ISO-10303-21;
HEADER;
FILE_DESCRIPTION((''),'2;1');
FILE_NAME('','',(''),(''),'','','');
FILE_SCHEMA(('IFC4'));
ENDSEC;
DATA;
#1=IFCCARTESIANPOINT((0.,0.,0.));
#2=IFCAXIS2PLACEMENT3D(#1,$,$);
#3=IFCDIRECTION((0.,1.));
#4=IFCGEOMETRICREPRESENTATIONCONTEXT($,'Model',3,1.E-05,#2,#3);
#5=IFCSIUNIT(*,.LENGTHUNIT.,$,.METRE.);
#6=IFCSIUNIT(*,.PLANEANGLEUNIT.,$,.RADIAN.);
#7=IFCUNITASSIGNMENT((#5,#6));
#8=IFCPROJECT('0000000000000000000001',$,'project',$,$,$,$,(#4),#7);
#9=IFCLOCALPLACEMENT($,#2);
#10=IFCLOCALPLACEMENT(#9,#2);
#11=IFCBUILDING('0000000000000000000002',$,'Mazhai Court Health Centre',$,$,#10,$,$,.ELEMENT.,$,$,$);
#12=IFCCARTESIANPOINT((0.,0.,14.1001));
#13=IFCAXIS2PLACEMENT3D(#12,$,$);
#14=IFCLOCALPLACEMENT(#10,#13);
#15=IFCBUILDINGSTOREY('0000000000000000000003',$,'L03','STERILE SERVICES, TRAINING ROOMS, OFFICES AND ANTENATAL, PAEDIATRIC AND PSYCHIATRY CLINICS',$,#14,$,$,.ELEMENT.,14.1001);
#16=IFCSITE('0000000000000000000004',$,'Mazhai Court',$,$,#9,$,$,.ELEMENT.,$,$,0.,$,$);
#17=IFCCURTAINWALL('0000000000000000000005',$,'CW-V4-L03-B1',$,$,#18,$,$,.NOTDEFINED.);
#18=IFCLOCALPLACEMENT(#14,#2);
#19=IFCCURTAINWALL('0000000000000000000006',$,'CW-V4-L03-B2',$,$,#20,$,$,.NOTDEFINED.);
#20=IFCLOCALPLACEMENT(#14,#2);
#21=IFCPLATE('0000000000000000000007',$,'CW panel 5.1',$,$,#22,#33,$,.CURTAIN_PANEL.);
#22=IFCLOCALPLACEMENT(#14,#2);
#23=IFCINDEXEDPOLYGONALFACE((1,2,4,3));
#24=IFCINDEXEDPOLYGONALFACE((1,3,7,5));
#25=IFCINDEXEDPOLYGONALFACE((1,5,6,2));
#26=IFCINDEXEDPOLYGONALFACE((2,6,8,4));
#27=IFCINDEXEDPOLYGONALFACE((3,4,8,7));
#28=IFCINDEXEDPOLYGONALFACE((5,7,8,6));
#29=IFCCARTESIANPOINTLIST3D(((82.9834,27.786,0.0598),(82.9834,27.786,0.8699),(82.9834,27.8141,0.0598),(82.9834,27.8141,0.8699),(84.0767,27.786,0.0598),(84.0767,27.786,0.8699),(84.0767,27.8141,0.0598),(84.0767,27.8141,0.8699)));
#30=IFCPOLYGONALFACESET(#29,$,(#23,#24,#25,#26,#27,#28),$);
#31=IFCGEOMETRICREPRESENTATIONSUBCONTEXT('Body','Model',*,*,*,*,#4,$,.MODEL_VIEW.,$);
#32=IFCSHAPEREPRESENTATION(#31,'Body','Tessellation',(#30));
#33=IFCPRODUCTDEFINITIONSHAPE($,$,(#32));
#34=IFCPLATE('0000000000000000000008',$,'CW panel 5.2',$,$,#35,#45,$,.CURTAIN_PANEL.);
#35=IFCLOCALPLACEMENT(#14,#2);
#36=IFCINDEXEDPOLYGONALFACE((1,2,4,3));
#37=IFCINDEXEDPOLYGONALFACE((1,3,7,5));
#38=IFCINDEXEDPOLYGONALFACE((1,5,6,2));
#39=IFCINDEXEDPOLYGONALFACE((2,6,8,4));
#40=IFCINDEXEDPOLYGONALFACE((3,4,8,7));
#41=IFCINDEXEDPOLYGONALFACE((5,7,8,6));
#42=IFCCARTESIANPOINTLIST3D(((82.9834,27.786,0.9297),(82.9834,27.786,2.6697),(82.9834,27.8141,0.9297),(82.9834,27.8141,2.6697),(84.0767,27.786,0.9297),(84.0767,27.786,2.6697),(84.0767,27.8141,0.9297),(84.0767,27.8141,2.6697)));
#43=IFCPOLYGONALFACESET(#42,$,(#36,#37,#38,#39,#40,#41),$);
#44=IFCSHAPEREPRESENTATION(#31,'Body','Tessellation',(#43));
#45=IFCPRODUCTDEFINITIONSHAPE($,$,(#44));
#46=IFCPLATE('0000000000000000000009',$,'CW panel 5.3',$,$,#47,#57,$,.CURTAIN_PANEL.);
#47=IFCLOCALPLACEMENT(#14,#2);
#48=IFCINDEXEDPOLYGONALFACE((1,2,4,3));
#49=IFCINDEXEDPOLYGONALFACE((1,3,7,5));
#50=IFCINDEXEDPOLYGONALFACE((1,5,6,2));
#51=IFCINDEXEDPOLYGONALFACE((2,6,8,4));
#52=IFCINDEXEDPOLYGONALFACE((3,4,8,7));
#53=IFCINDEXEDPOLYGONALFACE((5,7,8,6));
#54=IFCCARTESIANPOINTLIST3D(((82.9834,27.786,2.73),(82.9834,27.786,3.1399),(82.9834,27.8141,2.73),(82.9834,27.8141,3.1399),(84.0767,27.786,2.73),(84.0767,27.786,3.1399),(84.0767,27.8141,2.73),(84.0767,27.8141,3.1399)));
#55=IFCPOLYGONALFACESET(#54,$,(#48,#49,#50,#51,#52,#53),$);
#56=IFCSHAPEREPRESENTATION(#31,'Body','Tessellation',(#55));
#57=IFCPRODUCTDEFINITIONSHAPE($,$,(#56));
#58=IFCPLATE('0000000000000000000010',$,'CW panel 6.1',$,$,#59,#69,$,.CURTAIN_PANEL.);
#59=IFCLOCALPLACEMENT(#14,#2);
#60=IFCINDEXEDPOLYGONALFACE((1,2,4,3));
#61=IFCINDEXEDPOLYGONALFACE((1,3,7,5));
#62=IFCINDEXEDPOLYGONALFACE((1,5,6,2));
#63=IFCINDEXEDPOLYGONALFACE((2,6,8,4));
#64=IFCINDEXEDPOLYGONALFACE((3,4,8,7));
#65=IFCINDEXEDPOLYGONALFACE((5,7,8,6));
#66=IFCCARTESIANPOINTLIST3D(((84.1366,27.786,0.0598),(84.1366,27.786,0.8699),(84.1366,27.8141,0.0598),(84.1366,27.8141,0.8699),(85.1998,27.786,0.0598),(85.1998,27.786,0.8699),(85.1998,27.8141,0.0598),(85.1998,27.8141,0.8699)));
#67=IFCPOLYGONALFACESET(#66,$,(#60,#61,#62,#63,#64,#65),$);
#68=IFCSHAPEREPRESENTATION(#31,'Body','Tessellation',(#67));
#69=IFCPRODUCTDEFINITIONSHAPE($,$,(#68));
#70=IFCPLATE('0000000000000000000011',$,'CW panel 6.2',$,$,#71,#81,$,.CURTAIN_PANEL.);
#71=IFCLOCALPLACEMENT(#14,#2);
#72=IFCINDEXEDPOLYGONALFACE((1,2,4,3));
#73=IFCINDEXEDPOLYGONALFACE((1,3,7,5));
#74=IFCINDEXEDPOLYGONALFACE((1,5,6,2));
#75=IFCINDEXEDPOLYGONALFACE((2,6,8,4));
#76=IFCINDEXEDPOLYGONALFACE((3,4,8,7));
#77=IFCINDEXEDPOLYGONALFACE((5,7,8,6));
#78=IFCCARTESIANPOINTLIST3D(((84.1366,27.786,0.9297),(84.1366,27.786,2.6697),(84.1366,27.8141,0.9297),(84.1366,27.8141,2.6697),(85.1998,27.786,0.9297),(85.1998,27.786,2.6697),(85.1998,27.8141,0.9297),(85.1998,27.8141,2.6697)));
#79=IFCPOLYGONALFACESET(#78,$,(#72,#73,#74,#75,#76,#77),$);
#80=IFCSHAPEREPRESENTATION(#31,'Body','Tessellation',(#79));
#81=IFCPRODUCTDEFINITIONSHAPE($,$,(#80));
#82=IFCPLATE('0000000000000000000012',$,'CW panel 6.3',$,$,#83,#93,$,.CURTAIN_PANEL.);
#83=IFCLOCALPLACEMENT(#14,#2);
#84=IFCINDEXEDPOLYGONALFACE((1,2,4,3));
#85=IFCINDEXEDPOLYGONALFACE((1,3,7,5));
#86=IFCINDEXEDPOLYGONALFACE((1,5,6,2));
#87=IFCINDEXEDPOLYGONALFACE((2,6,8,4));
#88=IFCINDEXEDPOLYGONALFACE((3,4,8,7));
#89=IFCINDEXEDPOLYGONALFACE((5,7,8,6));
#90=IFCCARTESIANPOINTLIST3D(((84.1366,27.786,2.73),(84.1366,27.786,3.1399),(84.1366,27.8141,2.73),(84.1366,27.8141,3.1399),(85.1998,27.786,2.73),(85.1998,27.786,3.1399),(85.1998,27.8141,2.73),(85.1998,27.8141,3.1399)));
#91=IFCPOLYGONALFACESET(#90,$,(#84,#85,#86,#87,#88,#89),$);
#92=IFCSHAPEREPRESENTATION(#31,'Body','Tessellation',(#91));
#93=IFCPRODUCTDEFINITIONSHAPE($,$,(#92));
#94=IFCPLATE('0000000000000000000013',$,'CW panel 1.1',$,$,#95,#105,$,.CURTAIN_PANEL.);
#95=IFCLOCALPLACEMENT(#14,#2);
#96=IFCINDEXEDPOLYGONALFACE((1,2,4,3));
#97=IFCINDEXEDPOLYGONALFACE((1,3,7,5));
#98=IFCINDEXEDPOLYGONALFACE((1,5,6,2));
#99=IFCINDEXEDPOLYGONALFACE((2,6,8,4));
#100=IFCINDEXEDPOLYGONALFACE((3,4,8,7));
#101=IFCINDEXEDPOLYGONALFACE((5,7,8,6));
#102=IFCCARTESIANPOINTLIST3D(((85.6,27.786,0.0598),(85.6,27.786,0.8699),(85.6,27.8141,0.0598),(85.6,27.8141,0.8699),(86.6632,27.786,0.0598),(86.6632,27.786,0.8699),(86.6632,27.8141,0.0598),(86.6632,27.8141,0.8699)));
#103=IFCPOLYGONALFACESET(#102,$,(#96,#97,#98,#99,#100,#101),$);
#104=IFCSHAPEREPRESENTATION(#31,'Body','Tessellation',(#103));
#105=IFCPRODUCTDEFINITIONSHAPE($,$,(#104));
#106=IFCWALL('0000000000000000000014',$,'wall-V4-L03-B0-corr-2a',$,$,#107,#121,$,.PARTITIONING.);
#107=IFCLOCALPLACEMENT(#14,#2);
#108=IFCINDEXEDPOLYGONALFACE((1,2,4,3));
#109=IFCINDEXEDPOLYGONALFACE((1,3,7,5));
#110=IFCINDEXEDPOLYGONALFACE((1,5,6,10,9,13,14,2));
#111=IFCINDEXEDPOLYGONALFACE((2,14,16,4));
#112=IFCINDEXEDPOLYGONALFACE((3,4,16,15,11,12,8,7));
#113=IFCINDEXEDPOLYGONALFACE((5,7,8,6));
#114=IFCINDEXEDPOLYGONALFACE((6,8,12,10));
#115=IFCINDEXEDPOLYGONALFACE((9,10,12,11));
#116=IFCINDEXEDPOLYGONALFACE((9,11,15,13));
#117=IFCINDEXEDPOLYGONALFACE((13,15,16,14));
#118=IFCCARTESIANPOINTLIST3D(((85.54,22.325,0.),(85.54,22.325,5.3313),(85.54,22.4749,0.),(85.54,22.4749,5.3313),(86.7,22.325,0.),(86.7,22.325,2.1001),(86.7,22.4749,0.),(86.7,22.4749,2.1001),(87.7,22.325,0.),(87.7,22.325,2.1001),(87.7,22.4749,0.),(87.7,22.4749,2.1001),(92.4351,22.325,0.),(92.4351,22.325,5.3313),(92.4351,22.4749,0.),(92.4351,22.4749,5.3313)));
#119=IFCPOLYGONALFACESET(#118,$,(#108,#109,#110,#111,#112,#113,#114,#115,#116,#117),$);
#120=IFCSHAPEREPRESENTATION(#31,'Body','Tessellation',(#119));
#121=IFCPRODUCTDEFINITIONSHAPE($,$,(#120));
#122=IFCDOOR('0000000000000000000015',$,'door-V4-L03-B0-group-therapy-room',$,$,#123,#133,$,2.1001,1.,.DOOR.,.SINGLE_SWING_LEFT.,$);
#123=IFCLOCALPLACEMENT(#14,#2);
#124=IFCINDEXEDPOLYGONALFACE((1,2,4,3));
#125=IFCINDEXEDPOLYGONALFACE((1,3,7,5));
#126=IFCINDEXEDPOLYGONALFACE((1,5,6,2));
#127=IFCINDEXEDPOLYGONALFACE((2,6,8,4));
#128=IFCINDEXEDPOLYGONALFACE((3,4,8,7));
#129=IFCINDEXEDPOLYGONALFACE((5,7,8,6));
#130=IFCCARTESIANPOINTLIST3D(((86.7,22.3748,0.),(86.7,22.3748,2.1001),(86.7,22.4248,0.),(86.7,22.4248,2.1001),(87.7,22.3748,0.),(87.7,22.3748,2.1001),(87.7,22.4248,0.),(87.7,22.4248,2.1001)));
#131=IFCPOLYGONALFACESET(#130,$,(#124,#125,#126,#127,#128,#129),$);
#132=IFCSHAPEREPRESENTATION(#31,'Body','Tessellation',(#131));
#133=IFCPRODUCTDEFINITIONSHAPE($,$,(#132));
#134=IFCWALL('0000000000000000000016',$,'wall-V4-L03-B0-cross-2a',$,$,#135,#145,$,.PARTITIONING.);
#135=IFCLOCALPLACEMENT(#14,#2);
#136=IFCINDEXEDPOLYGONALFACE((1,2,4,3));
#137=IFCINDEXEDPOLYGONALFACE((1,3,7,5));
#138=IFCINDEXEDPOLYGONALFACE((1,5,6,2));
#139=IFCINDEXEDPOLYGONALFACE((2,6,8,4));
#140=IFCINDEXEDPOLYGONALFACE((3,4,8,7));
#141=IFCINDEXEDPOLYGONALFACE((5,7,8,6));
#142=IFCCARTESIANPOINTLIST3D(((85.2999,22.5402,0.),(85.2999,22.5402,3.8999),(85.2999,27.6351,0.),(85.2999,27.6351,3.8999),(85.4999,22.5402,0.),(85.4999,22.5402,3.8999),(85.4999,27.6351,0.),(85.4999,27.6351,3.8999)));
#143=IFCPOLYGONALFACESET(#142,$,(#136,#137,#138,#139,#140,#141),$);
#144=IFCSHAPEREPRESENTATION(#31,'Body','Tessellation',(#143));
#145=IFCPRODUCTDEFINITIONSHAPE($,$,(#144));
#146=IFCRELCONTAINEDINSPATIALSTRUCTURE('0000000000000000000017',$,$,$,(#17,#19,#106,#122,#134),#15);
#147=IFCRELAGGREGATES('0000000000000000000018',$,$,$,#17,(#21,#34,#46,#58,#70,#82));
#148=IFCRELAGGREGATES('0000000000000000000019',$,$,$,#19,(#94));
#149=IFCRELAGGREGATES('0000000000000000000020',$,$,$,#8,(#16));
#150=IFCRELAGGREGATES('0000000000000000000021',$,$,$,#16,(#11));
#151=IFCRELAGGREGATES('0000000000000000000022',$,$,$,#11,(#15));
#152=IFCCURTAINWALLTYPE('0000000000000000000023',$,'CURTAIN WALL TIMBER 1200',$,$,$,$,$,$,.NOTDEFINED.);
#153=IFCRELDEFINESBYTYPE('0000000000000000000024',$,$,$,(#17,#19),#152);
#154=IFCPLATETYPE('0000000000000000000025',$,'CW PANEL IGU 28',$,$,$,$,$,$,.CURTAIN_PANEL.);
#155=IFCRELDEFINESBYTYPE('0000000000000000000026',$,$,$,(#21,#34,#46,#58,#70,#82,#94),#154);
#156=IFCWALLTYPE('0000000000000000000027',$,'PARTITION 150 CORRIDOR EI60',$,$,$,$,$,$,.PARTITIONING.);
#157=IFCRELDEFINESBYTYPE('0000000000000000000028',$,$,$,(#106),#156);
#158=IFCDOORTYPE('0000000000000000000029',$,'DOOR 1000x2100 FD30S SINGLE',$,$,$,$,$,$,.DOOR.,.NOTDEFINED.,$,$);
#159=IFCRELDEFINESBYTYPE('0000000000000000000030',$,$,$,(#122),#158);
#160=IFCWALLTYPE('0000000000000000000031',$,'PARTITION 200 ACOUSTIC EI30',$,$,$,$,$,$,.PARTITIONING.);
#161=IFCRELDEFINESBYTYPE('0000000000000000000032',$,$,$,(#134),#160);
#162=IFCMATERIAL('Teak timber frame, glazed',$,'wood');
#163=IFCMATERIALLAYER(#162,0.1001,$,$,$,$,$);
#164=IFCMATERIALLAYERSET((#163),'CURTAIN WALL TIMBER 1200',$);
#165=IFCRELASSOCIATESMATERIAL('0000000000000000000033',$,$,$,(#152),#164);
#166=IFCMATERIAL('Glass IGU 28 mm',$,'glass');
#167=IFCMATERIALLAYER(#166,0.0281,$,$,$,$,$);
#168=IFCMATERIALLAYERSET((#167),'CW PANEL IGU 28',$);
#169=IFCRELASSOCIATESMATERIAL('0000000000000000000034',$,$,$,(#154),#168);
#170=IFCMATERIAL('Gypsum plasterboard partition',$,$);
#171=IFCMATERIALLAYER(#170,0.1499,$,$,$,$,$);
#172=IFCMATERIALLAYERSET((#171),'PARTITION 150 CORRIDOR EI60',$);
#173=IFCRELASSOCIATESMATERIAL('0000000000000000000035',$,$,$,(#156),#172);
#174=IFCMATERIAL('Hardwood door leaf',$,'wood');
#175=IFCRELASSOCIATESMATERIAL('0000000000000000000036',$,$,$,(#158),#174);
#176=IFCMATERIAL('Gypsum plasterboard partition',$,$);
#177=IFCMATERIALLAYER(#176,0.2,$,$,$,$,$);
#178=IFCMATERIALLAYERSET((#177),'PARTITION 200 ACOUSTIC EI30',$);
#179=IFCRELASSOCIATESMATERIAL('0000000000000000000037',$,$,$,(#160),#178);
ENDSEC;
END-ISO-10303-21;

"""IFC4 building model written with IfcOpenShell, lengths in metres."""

from ifc_helpers import new_model, si_unit, direction, frame, frame_2d, origin, origin_2d, place, context, subcontext, project, spatial, rectangle, extrude, material, layer, layer_set, type_object, element, fill, aggregate, save


model = new_model("IFC4")

# Units and contexts
model_context = context("Model", 3, precision=1e-05, world=origin(), true_north=direction((0.0, 1.0)))
body_context = subcontext(model_context, "Body", "Model", "MODEL_VIEW")
ifc_project = project(units=[si_unit("LENGTHUNIT", "METRE"), si_unit("PLANEANGLEUNIT", "RADIAN")], contexts=[model_context])

# Site, building, storey
site_placement = place(None, origin())
site = spatial("IfcSite", under=ifc_project, at=site_placement, Name="Mazhai Court", CompositionType="ELEMENT", RefElevation=0.0)
building_placement = place(site_placement, origin())
building = spatial("IfcBuilding", under=site, at=building_placement, Name="Mazhai Court Health Centre", CompositionType="ELEMENT")
storey_placement = place(building_placement, frame((0.0, 0.0, 14.1001)))
storey = spatial("IfcBuildingStorey", under=building, at=storey_placement, Name="L03", Description="STERILE SERVICES, TRAINING ROOMS, OFFICES AND ANTENATAL, PAEDIATRIC AND PSYCHIATRY CLINICS", CompositionType="ELEMENT", Elevation=14.1001)

# Curtain wall
ifc_material_1 = material(Name="Teak timber frame, glazed", Category="wood")
ifc_layer_1 = layer(ifc_material_1, 0.1001)
ifc_layer_set_1 = layer_set([ifc_layer_1], Name="CURTAIN WALL TIMBER 1200")
curtain_wall_type = type_object("IfcCurtainWallType", Name="CURTAIN WALL TIMBER 1200", PredefinedType="NOTDEFINED", material=ifc_layer_set_1)
curtain_wall_1_placement = place(storey_placement, origin())
curtain_wall_1 = element("IfcCurtainWall", 1, at=curtain_wall_1_placement, inside=storey, type_object=curtain_wall_type, Name="CW-V4-L03-B1", PredefinedType="NOTDEFINED")

# Curtain wall
curtain_wall_2_placement = place(storey_placement, origin())
curtain_wall_2 = element("IfcCurtainWall", 2, at=curtain_wall_2_placement, inside=storey, type_object=curtain_wall_type, Name="CW-V4-L03-B2", PredefinedType="NOTDEFINED")

# Plates
ifc_material_2 = material(Name="Glass IGU 28 mm", Category="glass")
ifc_layer_2 = layer(ifc_material_2, 0.0281)
ifc_layer_set_2 = layer_set([ifc_layer_2], Name="CW PANEL IGU 28")
plate_type = type_object("IfcPlateType", Name="CW PANEL IGU 28", PredefinedType="CURTAIN_PANEL", material=ifc_layer_set_2)
plate_1_placement = place(storey_placement, frame((83.53, 27.8, 0.0598), z_axis=(0.0, 0.0, 1.0), x_axis=(1.0, 0.0, 0.0)))
plate_1 = element("IfcPlate", 3, at=plate_1_placement, type_object=plate_type, Name="CW panel 5.1", PredefinedType="CURTAIN_PANEL", context=body_context, shape_type="SweptSolid", body=[
    extrude(rectangle(XDim=1.0933, YDim=0.0281, at=origin_2d()), origin(), (0.0, 0.0, 1.0), 0.8101),
])
plate_2_placement = place(storey_placement, frame((83.53, 27.8, 0.9297), z_axis=(0.0, 0.0, 1.0), x_axis=(1.0, 0.0, 0.0)))
plate_2 = element("IfcPlate", 4, at=plate_2_placement, type_object=plate_type, Name="CW panel 5.2", PredefinedType="CURTAIN_PANEL", context=body_context, shape_type="SweptSolid", body=[
    extrude(rectangle(XDim=1.0933, YDim=0.0281, at=origin_2d()), origin(), (0.0, 0.0, 1.0), 1.74),
])
plate_3_placement = place(storey_placement, frame((83.53, 27.8, 2.73), z_axis=(0.0, 0.0, 1.0), x_axis=(1.0, 0.0, 0.0)))
plate_3 = element("IfcPlate", 5, at=plate_3_placement, type_object=plate_type, Name="CW panel 5.3", PredefinedType="CURTAIN_PANEL", context=body_context, shape_type="SweptSolid", body=[
    extrude(rectangle(XDim=1.0933, YDim=0.0281, at=origin_2d()), origin(), (0.0, 0.0, 1.0), 0.4099),
])
plate_4_placement = place(storey_placement, frame((84.6682, 27.8, 0.0598), z_axis=(0.0, 0.0, 1.0), x_axis=(1.0, 0.0, 0.0)))
plate_4 = element("IfcPlate", 6, at=plate_4_placement, type_object=plate_type, Name="CW panel 6.1", PredefinedType="CURTAIN_PANEL", context=body_context, shape_type="SweptSolid", body=[
    extrude(rectangle(XDim=1.0632, YDim=0.0281, at=origin_2d()), origin(), (0.0, 0.0, 1.0), 0.8101),
])
plate_5_placement = place(storey_placement, frame((84.6682, 27.8, 0.9297), z_axis=(0.0, 0.0, 1.0), x_axis=(1.0, 0.0, 0.0)))
plate_5 = element("IfcPlate", 7, at=plate_5_placement, type_object=plate_type, Name="CW panel 6.2", PredefinedType="CURTAIN_PANEL", context=body_context, shape_type="SweptSolid", body=[
    extrude(rectangle(XDim=1.0632, YDim=0.0281, at=origin_2d()), origin(), (0.0, 0.0, 1.0), 1.74),
])
plate_6_placement = place(storey_placement, frame((84.6682, 27.8, 2.73), z_axis=(0.0, 0.0, 1.0), x_axis=(1.0, 0.0, 0.0)))
plate_6 = element("IfcPlate", 8, at=plate_6_placement, type_object=plate_type, Name="CW panel 6.3", PredefinedType="CURTAIN_PANEL", context=body_context, shape_type="SweptSolid", body=[
    extrude(rectangle(XDim=1.0632, YDim=0.0281, at=origin_2d()), origin(), (0.0, 0.0, 1.0), 0.4099),
])
aggregate(curtain_wall_1, [plate_1, plate_2, plate_3, plate_4, plate_5, plate_6])
plate_7_placement = place(storey_placement, frame((86.1316, 27.8, 0.0598), z_axis=(0.0, 0.0, 1.0), x_axis=(1.0, 0.0, 0.0)))
plate_7 = element("IfcPlate", 9, at=plate_7_placement, type_object=plate_type, Name="CW panel 1.1", PredefinedType="CURTAIN_PANEL", context=body_context, shape_type="SweptSolid", body=[
    extrude(rectangle(XDim=1.0632, YDim=0.0281, at=origin_2d()), origin(), (0.0, 0.0, 1.0), 0.8101),
])
aggregate(curtain_wall_2, [plate_7])

# Wall, opening, door
ifc_material_3 = material(Name="Gypsum plasterboard partition")
ifc_layer_3 = layer(ifc_material_3, 0.1499)
ifc_layer_set_3 = layer_set([ifc_layer_3], Name="PARTITION 150 CORRIDOR EI60")
wall_type_1 = type_object("IfcWallType", Name="PARTITION 150 CORRIDOR EI60", PredefinedType="PARTITIONING", material=ifc_layer_set_3)
wall_1_placement = place(storey_placement, frame((85.54, 22.3999, 0.0), z_axis=(0.0, 0.0, 1.0), x_axis=(1.0, 0.0, 0.0)))
wall_1 = element("IfcWall", 10, at=wall_1_placement, inside=storey, type_object=wall_type_1, Name="wall-V4-L03-B0-corr-2a", PredefinedType="PARTITIONING", context=body_context, shape_type="SweptSolid", body=[
    extrude(rectangle(XDim=6.895, YDim=0.1499, at=frame_2d((3.4475, 0.0))), origin(), (0.0, 0.0, 1.0), 5.3313),
])
opening_placement = place(wall_1_placement, frame((1.1599, 0.0, 0.0)))
opening = element("IfcOpeningElement", 11, at=opening_placement, cuts=wall_1, PredefinedType="OPENING", context=body_context, shape_type="SweptSolid", body=[
    extrude(rectangle(XDim=1.0, YDim=2.1001, at=frame_2d((0.5, 1.05))), frame((0.0, 0.085, 0.0), z_axis=(0.0, -1.0, 0.0), x_axis=(1.0, 0.0, 0.0)), (0.0, 0.0, 1.0), 0.1699),
])
ifc_material_4 = material(Name="Hardwood door leaf", Category="wood")
door_type = type_object("IfcDoorType", Name="DOOR 1000x2100 FD30S SINGLE", OperationType="NOTDEFINED", PredefinedType="DOOR", material=ifc_material_4)
door_placement = place(opening_placement, origin())
door = element("IfcDoor", 12, at=door_placement, inside=storey, type_object=door_type, Name="door-V4-L03-B0-group-therapy-room", OperationType="SINGLE_SWING_LEFT", OverallHeight=2.1001, OverallWidth=1.0, PredefinedType="DOOR", context=body_context, shape_type="SweptSolid", body=[
    extrude(rectangle(XDim=1.0, YDim=2.1001, at=frame_2d((0.5, 1.05))), frame((0.0, 0.0249, 0.0), z_axis=(0.0, -1.0, 0.0), x_axis=(1.0, 0.0, 0.0)), (0.0, 0.0, 1.0), 0.05),
])
fill(opening, door)

# Wall
ifc_material_5 = material(Name="Gypsum plasterboard partition")
ifc_layer_4 = layer(ifc_material_5, 0.2)
ifc_layer_set_4 = layer_set([ifc_layer_4], Name="PARTITION 200 ACOUSTIC EI30")
wall_type_2 = type_object("IfcWallType", Name="PARTITION 200 ACOUSTIC EI30", PredefinedType="PARTITIONING", material=ifc_layer_set_4)
wall_2_placement = place(storey_placement, frame((85.3999, 27.635, 0.0), z_axis=(0.0, 0.0, 1.0), x_axis=(0.0, -1.0, 0.0)))
element("IfcWall", 13, at=wall_2_placement, inside=storey, type_object=wall_type_2, Name="wall-V4-L03-B0-cross-2a", PredefinedType="PARTITIONING", context=body_context, shape_type="SweptSolid", body=[
    extrude(rectangle(XDim=5.095, YDim=0.2, at=frame_2d((2.5474, 0.0))), origin(), (0.0, 0.0, 1.0), 3.8999),
])

save(model, "model.ifc")
